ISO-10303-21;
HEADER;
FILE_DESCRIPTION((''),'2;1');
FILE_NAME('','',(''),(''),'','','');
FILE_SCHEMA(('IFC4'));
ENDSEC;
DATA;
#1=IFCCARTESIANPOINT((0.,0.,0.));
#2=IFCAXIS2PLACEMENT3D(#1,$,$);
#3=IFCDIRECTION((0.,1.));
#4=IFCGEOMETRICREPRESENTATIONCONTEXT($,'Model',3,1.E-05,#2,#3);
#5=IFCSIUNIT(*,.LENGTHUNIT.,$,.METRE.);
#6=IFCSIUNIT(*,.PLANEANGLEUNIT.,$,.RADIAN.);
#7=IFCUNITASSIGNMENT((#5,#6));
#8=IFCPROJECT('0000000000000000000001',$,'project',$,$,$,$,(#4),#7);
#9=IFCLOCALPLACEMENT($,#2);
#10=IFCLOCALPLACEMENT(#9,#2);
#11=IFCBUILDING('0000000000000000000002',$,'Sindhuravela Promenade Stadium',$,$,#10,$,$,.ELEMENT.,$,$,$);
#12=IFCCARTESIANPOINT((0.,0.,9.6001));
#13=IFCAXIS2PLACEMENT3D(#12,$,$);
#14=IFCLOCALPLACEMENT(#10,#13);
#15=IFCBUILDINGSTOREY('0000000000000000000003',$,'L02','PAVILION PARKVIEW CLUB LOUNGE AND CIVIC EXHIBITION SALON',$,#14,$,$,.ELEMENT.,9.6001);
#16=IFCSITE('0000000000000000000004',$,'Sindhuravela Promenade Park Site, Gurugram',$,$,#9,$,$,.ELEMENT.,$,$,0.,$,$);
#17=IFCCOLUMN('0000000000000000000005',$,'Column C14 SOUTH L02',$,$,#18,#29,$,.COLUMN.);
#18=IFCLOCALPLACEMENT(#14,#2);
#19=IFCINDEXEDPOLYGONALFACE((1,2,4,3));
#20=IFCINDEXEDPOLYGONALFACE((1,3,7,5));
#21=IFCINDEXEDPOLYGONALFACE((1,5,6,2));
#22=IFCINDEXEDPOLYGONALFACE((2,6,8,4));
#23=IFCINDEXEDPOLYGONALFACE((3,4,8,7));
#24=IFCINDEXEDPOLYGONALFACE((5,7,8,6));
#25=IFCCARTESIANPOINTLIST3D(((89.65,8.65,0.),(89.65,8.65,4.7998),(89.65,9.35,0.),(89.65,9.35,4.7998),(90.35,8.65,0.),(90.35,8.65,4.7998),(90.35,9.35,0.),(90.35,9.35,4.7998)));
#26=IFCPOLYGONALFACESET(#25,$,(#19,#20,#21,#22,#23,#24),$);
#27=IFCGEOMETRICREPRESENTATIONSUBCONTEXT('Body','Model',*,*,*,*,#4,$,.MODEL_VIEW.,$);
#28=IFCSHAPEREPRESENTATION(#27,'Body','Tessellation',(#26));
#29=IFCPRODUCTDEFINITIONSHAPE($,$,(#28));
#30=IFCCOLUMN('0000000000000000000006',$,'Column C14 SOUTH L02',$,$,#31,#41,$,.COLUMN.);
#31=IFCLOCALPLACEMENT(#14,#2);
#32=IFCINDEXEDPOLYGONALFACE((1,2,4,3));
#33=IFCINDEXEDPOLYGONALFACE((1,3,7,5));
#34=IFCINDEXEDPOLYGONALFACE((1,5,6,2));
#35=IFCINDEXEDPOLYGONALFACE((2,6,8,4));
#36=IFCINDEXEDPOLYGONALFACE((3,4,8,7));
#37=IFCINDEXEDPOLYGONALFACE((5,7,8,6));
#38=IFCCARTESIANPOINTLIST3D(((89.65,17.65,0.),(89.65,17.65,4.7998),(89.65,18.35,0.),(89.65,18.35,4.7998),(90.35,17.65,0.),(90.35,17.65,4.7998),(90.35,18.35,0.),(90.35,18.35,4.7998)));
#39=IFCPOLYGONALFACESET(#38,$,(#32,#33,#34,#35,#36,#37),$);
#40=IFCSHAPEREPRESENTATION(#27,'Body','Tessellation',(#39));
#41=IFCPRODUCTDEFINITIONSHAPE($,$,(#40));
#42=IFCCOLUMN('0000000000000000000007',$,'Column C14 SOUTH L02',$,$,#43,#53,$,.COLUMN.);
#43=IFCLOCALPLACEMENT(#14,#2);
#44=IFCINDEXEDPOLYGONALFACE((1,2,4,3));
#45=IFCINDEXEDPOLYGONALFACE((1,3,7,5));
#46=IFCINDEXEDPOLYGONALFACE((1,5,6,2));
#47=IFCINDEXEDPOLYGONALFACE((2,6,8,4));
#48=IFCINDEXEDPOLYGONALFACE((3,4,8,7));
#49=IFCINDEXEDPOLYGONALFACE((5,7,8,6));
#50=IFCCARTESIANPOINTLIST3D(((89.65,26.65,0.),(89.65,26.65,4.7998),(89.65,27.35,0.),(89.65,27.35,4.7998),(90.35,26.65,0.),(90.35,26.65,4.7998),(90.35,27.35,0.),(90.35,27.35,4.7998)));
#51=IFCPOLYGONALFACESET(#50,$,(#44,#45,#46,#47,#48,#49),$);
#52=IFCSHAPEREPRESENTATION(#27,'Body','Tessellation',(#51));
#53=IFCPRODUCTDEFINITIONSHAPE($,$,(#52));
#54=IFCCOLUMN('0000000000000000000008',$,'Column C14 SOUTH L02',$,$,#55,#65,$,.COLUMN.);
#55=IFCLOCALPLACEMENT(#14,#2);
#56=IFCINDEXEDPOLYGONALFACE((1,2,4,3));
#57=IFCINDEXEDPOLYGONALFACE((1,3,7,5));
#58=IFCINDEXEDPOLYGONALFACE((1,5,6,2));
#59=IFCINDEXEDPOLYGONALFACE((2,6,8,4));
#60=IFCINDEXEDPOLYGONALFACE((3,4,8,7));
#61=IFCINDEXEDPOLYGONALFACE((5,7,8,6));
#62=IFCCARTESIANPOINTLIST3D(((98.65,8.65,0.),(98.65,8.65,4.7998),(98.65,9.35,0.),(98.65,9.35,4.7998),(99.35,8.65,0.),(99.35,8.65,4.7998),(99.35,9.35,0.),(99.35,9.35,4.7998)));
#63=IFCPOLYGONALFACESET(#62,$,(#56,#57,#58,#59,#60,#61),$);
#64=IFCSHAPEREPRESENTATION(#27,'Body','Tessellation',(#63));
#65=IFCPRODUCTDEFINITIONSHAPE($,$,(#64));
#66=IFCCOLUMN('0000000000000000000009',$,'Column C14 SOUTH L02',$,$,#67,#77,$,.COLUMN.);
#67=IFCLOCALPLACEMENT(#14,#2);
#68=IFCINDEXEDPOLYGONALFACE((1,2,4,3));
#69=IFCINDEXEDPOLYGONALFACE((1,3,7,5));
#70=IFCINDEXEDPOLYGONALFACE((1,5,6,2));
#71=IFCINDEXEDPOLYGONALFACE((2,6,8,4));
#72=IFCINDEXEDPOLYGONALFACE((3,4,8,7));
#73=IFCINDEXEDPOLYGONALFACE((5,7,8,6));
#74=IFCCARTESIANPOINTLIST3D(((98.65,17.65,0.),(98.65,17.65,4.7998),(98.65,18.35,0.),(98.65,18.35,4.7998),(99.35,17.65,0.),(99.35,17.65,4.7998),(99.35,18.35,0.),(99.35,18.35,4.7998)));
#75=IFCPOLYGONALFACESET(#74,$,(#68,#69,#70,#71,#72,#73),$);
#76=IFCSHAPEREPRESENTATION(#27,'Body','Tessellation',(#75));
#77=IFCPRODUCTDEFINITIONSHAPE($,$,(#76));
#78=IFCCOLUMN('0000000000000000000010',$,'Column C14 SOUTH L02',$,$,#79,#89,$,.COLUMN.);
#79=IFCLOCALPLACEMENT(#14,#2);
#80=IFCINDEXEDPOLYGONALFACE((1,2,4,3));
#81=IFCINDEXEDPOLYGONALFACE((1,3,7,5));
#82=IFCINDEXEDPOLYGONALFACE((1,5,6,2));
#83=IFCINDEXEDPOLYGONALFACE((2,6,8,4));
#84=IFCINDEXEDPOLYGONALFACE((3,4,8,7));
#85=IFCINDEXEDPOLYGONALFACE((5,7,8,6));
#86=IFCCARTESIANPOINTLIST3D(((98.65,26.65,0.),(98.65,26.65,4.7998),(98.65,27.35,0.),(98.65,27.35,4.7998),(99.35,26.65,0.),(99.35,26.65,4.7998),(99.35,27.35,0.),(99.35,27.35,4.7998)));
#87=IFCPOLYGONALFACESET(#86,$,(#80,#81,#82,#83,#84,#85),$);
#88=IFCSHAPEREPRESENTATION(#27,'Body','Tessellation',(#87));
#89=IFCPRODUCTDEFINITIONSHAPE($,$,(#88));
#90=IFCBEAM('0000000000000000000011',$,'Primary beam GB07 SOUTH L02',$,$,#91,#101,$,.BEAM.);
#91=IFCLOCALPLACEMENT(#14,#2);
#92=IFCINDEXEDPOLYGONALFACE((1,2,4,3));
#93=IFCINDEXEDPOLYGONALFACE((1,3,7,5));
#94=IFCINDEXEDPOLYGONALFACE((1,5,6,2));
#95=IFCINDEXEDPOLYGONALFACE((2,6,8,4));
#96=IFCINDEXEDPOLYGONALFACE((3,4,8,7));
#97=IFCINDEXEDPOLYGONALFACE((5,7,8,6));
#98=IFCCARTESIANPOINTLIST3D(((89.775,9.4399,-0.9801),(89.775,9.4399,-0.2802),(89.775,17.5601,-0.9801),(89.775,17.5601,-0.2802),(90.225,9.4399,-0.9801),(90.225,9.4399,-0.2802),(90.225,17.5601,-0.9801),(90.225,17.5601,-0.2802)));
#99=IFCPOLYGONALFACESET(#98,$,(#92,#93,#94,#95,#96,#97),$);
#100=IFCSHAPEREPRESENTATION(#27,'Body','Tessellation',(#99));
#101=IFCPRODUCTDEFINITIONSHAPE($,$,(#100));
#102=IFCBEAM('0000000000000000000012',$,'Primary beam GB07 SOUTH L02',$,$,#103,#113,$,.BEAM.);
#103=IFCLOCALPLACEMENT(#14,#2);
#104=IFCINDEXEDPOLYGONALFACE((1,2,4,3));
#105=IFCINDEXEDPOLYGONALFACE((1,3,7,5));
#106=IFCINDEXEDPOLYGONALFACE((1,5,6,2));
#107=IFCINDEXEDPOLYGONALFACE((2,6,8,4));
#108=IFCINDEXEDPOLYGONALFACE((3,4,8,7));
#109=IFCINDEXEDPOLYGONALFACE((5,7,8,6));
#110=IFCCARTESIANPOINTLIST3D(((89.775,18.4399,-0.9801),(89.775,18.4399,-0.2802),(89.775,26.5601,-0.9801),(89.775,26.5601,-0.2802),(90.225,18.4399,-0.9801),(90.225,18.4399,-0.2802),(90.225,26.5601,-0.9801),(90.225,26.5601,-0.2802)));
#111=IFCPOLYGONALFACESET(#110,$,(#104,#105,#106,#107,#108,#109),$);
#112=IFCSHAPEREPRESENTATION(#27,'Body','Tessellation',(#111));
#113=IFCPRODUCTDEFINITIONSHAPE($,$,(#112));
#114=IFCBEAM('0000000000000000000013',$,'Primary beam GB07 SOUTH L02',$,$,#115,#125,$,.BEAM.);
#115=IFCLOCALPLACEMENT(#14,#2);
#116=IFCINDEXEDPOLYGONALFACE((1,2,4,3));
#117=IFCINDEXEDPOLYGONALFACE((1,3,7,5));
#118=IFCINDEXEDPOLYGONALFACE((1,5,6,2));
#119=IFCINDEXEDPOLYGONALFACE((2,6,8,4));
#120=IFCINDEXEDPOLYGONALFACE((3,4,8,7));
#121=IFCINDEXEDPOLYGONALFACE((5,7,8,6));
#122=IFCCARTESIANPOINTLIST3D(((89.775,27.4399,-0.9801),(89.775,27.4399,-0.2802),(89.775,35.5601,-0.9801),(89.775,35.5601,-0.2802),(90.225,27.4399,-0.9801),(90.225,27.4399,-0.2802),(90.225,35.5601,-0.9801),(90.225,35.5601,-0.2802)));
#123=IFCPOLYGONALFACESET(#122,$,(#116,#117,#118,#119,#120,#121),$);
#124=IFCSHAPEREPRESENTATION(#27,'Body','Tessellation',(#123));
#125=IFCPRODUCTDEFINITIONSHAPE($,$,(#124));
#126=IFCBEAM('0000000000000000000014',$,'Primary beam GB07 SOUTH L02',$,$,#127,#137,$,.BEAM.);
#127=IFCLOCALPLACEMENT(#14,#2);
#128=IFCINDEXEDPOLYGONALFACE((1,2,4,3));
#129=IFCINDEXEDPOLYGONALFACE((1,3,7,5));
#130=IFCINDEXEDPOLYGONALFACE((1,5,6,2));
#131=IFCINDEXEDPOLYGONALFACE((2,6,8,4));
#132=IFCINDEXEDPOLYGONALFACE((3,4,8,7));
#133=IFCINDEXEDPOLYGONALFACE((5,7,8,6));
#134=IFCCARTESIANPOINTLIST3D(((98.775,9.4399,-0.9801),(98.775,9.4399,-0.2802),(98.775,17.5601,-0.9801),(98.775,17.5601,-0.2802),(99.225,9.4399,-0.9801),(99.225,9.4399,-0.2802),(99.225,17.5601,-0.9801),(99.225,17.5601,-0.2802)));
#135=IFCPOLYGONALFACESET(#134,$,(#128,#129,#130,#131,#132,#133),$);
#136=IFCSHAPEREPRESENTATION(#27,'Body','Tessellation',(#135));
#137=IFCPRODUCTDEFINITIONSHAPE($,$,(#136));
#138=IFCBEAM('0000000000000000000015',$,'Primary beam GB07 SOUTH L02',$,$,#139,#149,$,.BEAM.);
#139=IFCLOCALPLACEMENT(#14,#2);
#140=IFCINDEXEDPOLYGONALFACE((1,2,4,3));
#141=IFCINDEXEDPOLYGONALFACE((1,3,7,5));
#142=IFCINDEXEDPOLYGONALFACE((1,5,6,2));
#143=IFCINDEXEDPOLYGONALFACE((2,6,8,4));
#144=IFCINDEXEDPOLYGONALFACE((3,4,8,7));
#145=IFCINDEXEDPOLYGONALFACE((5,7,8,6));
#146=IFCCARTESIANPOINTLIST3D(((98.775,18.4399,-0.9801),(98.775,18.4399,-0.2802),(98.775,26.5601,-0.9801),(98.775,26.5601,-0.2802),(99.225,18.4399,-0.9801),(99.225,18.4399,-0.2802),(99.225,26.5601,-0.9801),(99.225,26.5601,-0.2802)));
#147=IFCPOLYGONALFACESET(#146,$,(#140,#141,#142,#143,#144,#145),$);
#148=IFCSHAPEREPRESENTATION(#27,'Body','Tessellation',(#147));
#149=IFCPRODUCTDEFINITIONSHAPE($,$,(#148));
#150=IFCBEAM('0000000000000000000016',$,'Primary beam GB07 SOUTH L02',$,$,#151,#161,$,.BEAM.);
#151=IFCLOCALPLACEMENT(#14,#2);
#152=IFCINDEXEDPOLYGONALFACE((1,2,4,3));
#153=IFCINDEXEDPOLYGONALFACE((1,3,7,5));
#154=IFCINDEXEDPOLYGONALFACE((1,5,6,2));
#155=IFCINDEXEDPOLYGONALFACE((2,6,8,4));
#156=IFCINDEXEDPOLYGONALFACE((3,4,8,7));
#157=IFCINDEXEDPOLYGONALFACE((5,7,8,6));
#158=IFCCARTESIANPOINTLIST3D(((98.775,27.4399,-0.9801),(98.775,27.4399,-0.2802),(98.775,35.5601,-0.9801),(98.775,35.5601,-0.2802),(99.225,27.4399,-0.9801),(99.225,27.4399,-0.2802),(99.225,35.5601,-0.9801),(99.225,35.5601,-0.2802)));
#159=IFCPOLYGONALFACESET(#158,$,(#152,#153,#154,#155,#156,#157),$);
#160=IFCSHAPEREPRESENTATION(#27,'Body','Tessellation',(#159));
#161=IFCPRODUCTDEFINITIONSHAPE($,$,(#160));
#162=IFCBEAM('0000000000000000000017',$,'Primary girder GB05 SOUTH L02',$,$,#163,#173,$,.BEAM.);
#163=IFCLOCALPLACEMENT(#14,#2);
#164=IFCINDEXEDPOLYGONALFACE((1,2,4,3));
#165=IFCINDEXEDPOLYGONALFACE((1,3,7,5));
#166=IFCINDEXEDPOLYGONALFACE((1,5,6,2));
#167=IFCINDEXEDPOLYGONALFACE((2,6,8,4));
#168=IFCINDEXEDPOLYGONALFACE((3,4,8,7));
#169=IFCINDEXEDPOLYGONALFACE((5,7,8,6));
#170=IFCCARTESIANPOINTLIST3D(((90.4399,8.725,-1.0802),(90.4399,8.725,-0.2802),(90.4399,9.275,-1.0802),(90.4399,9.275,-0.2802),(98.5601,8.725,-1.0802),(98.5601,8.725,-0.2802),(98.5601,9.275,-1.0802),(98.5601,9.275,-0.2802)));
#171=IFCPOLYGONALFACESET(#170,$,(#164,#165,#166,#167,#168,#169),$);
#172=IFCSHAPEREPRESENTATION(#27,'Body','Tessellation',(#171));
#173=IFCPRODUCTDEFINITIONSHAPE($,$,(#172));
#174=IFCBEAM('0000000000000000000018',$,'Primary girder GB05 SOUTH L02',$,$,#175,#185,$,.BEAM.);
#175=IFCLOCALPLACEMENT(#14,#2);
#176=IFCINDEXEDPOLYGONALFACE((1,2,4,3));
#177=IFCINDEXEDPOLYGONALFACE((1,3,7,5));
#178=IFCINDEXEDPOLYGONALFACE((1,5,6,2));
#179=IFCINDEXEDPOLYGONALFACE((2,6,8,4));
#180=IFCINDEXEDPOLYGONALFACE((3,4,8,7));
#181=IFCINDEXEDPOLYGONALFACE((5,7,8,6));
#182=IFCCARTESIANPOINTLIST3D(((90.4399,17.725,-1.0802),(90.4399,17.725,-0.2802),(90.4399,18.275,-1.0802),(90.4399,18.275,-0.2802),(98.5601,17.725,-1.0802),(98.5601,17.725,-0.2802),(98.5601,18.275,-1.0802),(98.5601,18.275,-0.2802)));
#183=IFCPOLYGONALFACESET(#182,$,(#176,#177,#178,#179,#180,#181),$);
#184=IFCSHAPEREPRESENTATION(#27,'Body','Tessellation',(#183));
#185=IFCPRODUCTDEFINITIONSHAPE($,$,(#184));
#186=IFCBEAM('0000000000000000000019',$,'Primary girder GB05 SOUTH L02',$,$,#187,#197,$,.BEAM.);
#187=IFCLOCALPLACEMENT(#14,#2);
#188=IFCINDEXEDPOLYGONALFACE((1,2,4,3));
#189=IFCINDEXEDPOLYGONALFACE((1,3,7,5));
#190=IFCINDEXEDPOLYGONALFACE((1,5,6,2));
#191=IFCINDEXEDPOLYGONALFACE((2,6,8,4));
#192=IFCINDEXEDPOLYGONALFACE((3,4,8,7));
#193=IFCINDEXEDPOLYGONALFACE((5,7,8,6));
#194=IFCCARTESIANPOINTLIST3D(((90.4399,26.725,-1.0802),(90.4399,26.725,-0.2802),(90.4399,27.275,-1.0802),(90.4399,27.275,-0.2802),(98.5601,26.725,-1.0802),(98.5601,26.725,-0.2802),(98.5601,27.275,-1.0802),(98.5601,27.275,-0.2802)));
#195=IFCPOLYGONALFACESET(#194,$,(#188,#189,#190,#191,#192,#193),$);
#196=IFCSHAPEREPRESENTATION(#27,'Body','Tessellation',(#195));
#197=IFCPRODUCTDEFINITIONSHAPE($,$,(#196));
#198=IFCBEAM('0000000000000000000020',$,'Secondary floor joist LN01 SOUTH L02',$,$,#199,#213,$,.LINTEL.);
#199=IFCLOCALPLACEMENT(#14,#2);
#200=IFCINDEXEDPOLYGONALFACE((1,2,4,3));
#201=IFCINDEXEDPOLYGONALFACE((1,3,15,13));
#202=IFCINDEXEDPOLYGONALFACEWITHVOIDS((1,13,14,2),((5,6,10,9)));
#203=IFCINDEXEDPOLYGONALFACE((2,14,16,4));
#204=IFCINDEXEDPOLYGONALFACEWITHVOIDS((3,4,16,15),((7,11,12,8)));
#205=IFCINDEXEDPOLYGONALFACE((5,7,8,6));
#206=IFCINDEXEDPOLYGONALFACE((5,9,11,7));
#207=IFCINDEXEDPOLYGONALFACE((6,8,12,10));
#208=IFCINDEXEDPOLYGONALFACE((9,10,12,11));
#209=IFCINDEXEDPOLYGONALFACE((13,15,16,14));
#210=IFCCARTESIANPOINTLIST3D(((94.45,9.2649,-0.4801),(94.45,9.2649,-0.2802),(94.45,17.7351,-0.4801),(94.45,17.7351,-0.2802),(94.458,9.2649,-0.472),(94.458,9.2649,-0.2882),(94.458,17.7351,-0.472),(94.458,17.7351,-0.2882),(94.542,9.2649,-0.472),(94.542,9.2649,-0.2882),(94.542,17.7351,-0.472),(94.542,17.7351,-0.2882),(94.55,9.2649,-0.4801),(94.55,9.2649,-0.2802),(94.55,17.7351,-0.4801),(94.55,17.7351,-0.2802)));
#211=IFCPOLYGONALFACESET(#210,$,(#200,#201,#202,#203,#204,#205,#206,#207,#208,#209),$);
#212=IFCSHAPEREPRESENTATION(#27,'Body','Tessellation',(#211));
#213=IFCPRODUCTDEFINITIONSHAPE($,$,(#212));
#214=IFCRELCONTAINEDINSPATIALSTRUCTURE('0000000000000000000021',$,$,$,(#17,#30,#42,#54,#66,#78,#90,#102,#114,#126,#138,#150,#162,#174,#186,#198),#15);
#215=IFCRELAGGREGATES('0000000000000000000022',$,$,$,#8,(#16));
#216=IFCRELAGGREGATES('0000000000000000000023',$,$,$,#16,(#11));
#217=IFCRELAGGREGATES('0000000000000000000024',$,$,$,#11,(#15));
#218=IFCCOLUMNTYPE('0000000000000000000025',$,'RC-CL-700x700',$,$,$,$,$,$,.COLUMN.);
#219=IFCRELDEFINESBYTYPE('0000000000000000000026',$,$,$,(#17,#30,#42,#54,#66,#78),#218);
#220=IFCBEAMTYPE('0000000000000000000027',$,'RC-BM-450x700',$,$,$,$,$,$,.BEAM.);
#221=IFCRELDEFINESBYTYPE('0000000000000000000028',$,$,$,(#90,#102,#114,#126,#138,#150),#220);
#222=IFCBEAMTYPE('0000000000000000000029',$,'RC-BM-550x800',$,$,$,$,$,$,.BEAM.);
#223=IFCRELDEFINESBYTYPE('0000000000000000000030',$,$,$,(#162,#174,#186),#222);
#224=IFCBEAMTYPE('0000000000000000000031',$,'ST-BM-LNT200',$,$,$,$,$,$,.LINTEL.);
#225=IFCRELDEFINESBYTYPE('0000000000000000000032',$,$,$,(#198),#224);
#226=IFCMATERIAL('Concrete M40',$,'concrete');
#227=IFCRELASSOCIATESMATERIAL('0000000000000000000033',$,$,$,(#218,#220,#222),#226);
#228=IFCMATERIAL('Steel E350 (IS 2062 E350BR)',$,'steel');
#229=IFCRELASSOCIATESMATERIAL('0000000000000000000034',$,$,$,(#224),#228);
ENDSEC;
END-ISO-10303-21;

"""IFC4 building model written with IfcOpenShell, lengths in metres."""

from ifc_helpers import new_model, si_unit, direction, frame, origin, origin_2d, place, context, subcontext, project, spatial, rectangle, hollow_rectangle, extrude, material, material_profile, profile_set, type_object, element, save


model = new_model("IFC4")

# Units and contexts
model_context = context("Model", 3, precision=1e-05, world=origin(), true_north=direction((0.0, 1.0)))
body_context = subcontext(model_context, "Body", "Model", "MODEL_VIEW")
ifc_project = project(units=[si_unit("LENGTHUNIT", "METRE"), si_unit("PLANEANGLEUNIT", "RADIAN")], contexts=[model_context])

# Site, building, storey
site_placement = place(None, origin())
site = spatial("IfcSite", under=ifc_project, at=site_placement, Name="Sindhuravela Promenade Park Site, Gurugram", CompositionType="ELEMENT", RefElevation=0.0)
building_placement = place(site_placement, origin())
building = spatial("IfcBuilding", under=site, at=building_placement, Name="Sindhuravela Promenade Stadium", CompositionType="ELEMENT")
storey_placement = place(building_placement, frame((0.0, 0.0, 9.6001)))
storey = spatial("IfcBuildingStorey", under=building, at=storey_placement, Name="L02", Description="PAVILION PARKVIEW CLUB LOUNGE AND CIVIC EXHIBITION SALON", CompositionType="ELEMENT", Elevation=9.6001)

# Columns
ifc_material_1 = material(Name="Concrete M40", Category="concrete")
ifc_material_profile_1 = material_profile(ifc_material_1, rectangle(XDim=0.7, YDim=0.7, at=origin_2d()), Name="RC 700x700")
ifc_profile_set_1 = profile_set([ifc_material_profile_1], Name="Concrete M40")
column_type = type_object("IfcColumnType", Name="RC-CL-700x700", PredefinedType="COLUMN", material=ifc_profile_set_1)
for number, where, z_axis, x_axis, name in (
    (1, (90.0, 9.0, 0.0), (0.0, 0.0, 1.0), (1.0, 0.0, 0.0), "Column C14 SOUTH L02"),
    (2, (90.0, 18.0, 0.0), (0.0, 0.0, 1.0), (1.0, 0.0, 0.0), "Column C14 SOUTH L02"),
    (3, (90.0, 27.0, 0.0), (0.0, 0.0, 1.0), (1.0, 0.0, 0.0), "Column C14 SOUTH L02"),
    (4, (99.0, 9.0, 0.0), (0.0, 0.0, 1.0), (1.0, 0.0, 0.0), "Column C14 SOUTH L02"),
    (5, (99.0, 18.0, 0.0), (0.0, 0.0, 1.0), (1.0, 0.0, 0.0), "Column C14 SOUTH L02"),
    (6, (99.0, 27.0, 0.0), (0.0, 0.0, 1.0), (1.0, 0.0, 0.0), "Column C14 SOUTH L02"),
):
    element("IfcColumn", number, at=place(storey_placement, frame(where, z_axis=z_axis, x_axis=x_axis)), inside=storey, type_object=column_type, Name=name, PredefinedType="COLUMN", context=body_context, shape_type="SweptSolid", body=[
        extrude(rectangle(XDim=0.7, YDim=0.7, at=origin_2d()), origin(), (0.0, 0.0, 1.0), 4.7998),
    ])

# Beams
ifc_material_profile_2 = material_profile(ifc_material_1, rectangle(XDim=0.45, YDim=0.7, at=origin_2d()), Name="RC 450x700")
ifc_profile_set_2 = profile_set([ifc_material_profile_2], Name="Concrete M40")
beam_type_1 = type_object("IfcBeamType", Name="RC-BM-450x700", PredefinedType="BEAM", material=ifc_profile_set_2)
for number, where, z_axis, x_axis, name in (
    (7, (90.0, 9.4399, -0.6301), (0.0, 1.0, 0.0), (-1.0, 0.0, 0.0), "Primary beam GB07 SOUTH L02"),
    (8, (90.0, 18.4399, -0.6301), (0.0, 1.0, 0.0), (-1.0, 0.0, 0.0), "Primary beam GB07 SOUTH L02"),
    (9, (90.0, 27.4399, -0.6301), (0.0, 1.0, 0.0), (-1.0, 0.0, 0.0), "Primary beam GB07 SOUTH L02"),
    (10, (99.0, 9.4399, -0.6301), (0.0, 1.0, 0.0), (-1.0, 0.0, 0.0), "Primary beam GB07 SOUTH L02"),
    (11, (99.0, 18.4399, -0.6301), (0.0, 1.0, 0.0), (-1.0, 0.0, 0.0), "Primary beam GB07 SOUTH L02"),
    (12, (99.0, 27.4399, -0.6301), (0.0, 1.0, 0.0), (-1.0, 0.0, 0.0), "Primary beam GB07 SOUTH L02"),
):
    element("IfcBeam", number, at=place(storey_placement, frame(where, z_axis=z_axis, x_axis=x_axis)), inside=storey, type_object=beam_type_1, Name=name, PredefinedType="BEAM", context=body_context, shape_type="SweptSolid", body=[
        extrude(rectangle(XDim=0.45, YDim=0.7, at=origin_2d()), origin(), (0.0, 0.0, 1.0), 8.1201),
    ])
ifc_material_profile_3 = material_profile(ifc_material_1, rectangle(XDim=0.55, YDim=0.8, at=origin_2d()), Name="RC 550x800")
ifc_profile_set_3 = profile_set([ifc_material_profile_3], Name="Concrete M40")
beam_type_2 = type_object("IfcBeamType", Name="RC-BM-550x800", PredefinedType="BEAM", material=ifc_profile_set_3)
for number, where, z_axis, x_axis, name in (
    (13, (90.4399, 9.0, -0.6802), (1.0, 0.0, 0.0), (0.0, 1.0, 0.0), "Primary girder GB05 SOUTH L02"),
    (14, (90.4399, 18.0, -0.6802), (1.0, 0.0, 0.0), (0.0, 1.0, 0.0), "Primary girder GB05 SOUTH L02"),
    (15, (90.4399, 27.0, -0.6802), (1.0, 0.0, 0.0), (0.0, 1.0, 0.0), "Primary girder GB05 SOUTH L02"),
):
    element("IfcBeam", number, at=place(storey_placement, frame(where, z_axis=z_axis, x_axis=x_axis)), inside=storey, type_object=beam_type_2, Name=name, PredefinedType="BEAM", context=body_context, shape_type="SweptSolid", body=[
        extrude(rectangle(XDim=0.55, YDim=0.8, at=origin_2d()), origin(), (0.0, 0.0, 1.0), 8.1201),
    ])
ifc_material_2 = material(Name="Steel E350 (IS 2062 E350BR)", Category="steel")
ifc_material_profile_4 = material_profile(ifc_material_2, hollow_rectangle(XDim=0.1001, YDim=0.2, WallThickness=0.0081, at=origin_2d()), Name="RHS 200x100x8")
ifc_profile_set_4 = profile_set([ifc_material_profile_4], Name="Steel E350 (IS 2062 E350BR)")
beam_type_3 = type_object("IfcBeamType", Name="ST-BM-LNT200", PredefinedType="LINTEL", material=ifc_profile_set_4)
beam_1_placement = place(storey_placement, frame((94.5, 9.2649, -0.3801), z_axis=(0.0, 1.0, 0.0), x_axis=(-1.0, 0.0, 0.0)))
element("IfcBeam", 16, at=beam_1_placement, inside=storey, type_object=beam_type_3, Name="Secondary floor joist LN01 SOUTH L02", PredefinedType="LINTEL", context=body_context, shape_type="SweptSolid", body=[
    extrude(hollow_rectangle(XDim=0.1001, YDim=0.2, WallThickness=0.0081, at=origin_2d()), origin(), (0.0, 0.0, 1.0), 8.4702),
])

save(model, "model.ifc")
